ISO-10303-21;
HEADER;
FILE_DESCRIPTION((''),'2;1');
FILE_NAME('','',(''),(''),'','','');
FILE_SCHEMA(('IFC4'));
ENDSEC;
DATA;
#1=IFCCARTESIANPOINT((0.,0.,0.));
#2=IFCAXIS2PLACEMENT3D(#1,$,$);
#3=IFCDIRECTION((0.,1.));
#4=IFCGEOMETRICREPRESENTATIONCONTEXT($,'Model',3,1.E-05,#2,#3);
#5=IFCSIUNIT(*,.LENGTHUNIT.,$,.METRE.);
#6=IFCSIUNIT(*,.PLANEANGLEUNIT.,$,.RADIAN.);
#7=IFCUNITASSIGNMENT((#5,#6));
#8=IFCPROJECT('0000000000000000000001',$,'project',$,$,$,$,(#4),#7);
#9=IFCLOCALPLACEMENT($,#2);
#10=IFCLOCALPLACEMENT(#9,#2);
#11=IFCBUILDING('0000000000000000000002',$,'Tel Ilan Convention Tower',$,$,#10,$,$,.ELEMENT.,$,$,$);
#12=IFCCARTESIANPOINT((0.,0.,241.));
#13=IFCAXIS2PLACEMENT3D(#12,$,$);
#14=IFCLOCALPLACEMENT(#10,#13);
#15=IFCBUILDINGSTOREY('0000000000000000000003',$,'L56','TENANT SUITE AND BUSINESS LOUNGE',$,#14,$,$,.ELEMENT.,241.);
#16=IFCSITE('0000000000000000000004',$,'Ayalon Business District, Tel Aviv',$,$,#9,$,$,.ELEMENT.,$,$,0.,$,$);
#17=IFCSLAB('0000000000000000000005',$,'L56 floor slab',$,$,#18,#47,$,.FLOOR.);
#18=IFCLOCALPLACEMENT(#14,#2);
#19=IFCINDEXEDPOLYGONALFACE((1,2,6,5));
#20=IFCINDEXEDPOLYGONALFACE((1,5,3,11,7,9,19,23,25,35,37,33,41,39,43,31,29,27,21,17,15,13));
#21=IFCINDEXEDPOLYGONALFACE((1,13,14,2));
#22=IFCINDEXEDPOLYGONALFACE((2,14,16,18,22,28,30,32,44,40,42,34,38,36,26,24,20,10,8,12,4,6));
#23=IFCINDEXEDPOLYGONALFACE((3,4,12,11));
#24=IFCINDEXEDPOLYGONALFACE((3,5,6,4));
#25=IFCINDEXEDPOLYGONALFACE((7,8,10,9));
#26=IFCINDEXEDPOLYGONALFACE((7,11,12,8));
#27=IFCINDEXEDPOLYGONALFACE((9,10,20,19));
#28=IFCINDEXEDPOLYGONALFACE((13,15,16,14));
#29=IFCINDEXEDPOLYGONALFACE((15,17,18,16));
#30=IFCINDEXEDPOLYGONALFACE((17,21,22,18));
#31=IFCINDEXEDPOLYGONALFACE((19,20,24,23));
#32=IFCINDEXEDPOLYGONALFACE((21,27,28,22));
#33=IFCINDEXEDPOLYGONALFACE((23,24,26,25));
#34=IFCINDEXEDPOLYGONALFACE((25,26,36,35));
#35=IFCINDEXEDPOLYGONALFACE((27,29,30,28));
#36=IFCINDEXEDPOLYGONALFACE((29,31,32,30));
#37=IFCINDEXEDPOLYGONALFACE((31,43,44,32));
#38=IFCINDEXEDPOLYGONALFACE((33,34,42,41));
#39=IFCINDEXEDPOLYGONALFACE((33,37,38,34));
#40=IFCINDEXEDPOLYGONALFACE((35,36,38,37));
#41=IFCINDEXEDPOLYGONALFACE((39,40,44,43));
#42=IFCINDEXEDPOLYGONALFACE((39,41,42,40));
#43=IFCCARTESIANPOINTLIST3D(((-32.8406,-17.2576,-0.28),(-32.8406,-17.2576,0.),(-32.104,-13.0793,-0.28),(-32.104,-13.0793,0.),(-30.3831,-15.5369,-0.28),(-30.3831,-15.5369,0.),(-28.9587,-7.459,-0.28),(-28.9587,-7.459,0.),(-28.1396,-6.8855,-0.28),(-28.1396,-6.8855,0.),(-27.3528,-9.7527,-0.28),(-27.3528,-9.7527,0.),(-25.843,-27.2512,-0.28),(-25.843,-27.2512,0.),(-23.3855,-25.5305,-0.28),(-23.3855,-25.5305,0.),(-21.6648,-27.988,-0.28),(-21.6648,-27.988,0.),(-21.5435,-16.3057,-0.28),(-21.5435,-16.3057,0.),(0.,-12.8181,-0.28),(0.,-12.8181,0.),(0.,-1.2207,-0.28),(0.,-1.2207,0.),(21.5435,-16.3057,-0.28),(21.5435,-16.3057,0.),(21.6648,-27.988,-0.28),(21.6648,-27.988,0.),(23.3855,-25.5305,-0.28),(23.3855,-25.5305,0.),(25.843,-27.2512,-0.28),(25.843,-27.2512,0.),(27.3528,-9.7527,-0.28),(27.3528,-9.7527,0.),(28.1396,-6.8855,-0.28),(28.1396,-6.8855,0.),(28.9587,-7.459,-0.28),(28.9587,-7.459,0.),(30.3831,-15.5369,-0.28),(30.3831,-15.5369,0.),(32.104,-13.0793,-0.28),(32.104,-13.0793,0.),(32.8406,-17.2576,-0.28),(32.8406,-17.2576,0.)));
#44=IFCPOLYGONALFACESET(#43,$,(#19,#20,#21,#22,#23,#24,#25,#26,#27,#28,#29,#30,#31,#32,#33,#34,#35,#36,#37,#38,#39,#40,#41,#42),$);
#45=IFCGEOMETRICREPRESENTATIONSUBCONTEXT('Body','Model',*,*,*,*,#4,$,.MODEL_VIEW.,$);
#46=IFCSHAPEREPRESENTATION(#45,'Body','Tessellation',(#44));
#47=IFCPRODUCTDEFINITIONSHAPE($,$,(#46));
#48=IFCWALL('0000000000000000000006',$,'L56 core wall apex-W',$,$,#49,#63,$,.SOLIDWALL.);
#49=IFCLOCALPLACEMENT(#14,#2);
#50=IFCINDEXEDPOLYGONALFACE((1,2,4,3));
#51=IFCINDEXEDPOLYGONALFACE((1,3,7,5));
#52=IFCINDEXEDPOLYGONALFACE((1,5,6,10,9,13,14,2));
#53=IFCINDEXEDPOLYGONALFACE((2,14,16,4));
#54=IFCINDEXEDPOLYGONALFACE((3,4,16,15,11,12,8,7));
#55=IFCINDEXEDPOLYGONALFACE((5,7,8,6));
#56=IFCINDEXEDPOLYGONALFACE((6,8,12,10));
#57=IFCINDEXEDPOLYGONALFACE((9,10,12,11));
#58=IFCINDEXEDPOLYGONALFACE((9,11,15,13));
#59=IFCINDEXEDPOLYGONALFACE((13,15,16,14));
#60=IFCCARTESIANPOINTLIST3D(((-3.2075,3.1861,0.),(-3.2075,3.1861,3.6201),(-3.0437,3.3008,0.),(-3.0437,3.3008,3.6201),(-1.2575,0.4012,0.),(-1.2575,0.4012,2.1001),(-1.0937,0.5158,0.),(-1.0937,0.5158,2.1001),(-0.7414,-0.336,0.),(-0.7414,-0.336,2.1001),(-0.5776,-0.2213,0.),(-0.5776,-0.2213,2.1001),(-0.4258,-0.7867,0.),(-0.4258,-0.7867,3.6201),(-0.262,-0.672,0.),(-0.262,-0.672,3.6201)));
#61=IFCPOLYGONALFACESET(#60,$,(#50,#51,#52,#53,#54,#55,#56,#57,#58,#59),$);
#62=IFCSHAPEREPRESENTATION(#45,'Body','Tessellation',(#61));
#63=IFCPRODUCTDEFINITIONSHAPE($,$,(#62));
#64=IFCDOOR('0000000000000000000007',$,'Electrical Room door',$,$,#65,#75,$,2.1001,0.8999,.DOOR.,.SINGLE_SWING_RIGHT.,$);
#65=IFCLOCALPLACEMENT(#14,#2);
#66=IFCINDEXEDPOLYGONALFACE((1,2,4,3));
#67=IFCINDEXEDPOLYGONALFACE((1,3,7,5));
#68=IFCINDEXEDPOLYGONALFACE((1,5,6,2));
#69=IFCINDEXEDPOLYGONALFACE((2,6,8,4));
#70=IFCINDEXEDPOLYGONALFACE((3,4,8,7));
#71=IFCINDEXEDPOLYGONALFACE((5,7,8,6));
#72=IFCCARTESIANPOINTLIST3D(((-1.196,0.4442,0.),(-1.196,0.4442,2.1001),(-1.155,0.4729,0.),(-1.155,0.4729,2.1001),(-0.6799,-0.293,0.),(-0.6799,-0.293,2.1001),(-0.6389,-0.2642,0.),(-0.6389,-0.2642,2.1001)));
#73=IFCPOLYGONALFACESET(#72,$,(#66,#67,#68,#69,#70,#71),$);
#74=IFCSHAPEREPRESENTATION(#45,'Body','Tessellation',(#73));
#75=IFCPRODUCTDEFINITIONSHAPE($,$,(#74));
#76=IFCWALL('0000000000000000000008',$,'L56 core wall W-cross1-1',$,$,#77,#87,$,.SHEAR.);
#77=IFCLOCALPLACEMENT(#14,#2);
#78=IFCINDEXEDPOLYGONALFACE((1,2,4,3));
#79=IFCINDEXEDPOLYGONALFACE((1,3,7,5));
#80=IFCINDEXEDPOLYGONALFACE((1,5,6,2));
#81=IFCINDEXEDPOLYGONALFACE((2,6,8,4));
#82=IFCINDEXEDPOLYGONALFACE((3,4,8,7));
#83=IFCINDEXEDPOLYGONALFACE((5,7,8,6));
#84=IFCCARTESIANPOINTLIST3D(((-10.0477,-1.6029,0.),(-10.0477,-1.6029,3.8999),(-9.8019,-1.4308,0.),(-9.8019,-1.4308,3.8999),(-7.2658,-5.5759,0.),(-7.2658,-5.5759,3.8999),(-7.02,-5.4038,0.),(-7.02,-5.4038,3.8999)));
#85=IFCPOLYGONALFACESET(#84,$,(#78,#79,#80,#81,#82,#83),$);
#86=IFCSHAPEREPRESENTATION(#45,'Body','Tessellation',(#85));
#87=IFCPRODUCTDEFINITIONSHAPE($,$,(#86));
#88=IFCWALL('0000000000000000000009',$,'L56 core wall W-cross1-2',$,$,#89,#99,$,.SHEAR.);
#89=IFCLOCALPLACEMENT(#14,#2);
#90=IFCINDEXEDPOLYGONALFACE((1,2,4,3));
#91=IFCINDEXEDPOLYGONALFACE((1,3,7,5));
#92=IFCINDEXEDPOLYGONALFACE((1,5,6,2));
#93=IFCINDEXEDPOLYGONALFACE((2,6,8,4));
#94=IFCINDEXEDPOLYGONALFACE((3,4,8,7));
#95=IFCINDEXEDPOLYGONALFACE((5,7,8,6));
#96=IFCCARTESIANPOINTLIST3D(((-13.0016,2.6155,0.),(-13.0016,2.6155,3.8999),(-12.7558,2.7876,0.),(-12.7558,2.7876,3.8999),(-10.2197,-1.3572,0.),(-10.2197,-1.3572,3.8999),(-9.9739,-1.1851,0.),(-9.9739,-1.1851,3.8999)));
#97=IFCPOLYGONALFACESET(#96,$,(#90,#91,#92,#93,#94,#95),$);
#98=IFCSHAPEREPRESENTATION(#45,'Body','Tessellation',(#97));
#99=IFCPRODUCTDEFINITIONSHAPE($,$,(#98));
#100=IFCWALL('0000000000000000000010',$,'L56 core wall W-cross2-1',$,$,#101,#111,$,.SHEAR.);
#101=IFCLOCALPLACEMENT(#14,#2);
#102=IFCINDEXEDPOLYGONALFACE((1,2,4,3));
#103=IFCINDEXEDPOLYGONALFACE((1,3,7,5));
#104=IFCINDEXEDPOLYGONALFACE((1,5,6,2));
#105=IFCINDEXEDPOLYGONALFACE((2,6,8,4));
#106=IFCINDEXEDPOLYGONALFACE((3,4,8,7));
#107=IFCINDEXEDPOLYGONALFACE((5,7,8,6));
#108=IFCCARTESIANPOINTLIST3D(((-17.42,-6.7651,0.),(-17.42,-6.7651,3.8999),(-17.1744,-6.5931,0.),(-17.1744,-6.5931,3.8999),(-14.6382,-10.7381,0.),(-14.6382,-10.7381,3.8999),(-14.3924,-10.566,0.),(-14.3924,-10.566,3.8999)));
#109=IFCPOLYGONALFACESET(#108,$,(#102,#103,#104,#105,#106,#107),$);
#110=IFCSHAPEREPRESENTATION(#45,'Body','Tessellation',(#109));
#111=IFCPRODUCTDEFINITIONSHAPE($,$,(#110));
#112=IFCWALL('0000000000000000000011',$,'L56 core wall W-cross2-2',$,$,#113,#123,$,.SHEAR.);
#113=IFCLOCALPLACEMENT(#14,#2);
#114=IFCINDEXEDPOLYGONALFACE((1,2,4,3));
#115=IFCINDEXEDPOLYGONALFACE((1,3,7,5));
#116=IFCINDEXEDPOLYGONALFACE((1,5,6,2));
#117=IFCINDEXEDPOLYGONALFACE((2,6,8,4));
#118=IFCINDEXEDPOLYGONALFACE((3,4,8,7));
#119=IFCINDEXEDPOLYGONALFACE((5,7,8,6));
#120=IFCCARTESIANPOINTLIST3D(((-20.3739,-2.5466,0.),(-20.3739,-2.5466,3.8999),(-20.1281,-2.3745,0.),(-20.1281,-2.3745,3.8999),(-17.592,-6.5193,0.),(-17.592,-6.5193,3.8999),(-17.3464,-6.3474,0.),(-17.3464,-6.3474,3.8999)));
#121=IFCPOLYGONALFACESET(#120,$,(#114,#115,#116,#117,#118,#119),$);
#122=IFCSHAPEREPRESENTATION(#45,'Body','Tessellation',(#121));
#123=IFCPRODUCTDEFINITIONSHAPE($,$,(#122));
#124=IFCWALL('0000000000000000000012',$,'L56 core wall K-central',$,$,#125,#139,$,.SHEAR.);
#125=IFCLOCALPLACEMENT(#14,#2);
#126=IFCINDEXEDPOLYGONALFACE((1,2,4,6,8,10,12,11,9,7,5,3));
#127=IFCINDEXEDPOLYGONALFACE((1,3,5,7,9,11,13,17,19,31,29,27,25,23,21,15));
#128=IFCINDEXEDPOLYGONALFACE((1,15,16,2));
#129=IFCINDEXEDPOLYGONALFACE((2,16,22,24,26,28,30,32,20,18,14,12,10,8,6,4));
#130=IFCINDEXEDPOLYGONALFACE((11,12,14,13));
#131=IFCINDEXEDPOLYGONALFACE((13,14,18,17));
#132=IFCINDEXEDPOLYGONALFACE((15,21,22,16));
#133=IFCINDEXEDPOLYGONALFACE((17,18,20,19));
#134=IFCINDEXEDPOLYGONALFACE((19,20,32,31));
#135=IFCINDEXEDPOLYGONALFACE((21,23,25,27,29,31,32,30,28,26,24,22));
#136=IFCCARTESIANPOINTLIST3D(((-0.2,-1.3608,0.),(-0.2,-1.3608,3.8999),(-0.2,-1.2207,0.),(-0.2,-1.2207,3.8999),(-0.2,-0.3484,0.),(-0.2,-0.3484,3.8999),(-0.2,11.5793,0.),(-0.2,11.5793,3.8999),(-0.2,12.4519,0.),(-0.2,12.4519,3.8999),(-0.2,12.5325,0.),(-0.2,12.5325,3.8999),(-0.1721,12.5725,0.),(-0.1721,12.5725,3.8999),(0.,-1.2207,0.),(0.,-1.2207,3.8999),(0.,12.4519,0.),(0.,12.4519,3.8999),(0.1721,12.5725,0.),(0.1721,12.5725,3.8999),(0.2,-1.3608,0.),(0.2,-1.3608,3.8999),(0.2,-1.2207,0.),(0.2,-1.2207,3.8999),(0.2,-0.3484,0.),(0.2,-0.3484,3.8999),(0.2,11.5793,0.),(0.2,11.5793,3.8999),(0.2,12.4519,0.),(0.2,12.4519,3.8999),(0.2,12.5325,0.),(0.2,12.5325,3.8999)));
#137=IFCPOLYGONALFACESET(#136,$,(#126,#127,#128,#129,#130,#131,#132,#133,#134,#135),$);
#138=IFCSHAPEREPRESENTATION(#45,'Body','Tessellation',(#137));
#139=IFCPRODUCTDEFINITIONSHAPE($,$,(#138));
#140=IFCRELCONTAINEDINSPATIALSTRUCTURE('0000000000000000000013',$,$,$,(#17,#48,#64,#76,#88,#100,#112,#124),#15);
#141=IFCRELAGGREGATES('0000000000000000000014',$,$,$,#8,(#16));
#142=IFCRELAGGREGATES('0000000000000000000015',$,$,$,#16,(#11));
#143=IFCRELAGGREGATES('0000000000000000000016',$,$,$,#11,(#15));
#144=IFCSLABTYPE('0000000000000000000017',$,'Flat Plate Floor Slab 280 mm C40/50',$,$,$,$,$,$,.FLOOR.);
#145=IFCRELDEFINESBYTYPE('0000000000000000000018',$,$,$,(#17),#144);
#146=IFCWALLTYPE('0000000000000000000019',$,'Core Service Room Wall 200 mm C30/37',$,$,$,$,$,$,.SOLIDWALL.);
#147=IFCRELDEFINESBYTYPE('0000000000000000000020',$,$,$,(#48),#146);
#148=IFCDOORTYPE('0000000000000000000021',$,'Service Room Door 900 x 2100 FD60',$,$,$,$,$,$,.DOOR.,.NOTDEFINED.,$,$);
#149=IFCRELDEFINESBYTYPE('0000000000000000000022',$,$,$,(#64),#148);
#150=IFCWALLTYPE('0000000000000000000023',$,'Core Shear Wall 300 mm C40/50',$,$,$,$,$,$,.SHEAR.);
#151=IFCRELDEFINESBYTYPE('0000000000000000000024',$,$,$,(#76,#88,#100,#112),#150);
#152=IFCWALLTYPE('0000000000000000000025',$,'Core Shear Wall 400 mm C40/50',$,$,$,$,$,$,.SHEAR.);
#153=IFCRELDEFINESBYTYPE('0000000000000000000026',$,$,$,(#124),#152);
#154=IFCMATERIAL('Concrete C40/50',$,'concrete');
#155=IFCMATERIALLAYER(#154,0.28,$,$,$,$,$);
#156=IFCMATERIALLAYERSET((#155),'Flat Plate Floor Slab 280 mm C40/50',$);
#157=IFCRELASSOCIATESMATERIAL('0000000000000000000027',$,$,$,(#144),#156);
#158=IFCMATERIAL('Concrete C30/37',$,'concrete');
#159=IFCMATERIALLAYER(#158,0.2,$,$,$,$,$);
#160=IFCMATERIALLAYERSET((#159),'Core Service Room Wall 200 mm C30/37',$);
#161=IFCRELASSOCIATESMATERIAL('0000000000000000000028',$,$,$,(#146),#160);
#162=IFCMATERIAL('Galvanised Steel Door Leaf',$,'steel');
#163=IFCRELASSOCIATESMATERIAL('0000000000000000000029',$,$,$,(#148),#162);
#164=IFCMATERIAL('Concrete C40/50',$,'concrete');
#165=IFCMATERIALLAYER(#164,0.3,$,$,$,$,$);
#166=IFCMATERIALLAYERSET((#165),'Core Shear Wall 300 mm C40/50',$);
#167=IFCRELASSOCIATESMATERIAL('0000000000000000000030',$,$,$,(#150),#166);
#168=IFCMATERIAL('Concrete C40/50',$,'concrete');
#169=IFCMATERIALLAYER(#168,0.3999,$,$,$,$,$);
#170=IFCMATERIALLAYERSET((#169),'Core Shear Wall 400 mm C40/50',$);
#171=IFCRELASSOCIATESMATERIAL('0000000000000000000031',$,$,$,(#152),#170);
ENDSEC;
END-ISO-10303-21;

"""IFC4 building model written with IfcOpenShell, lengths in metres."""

from ifc_helpers import new_model, si_unit, direction, frame, frame_2d, origin, place, context, subcontext, project, spatial, polyline, rectangle, outline, extrude, material, layer, layer_set, type_object, element, fill, save


model = new_model("IFC4")

# Units and contexts
model_context = context("Model", 3, precision=1e-05, world=origin(), true_north=direction((0.0, 1.0)))
body_context = subcontext(model_context, "Body", "Model", "MODEL_VIEW")
ifc_project = project(units=[si_unit("LENGTHUNIT", "METRE"), si_unit("PLANEANGLEUNIT", "RADIAN")], contexts=[model_context])

# Site, building, storey
site_placement = place(None, origin())
site = spatial("IfcSite", under=ifc_project, at=site_placement, Name="Ayalon Business District, Tel Aviv", CompositionType="ELEMENT", RefElevation=0.0)
building_placement = place(site_placement, origin())
building = spatial("IfcBuilding", under=site, at=building_placement, Name="Tel Ilan Convention Tower", CompositionType="ELEMENT")
storey_placement = place(building_placement, frame((0.0, 0.0, 241.0)))
storey = spatial("IfcBuildingStorey", under=building, at=storey_placement, Name="L56", Description="TENANT SUITE AND BUSINESS LOUNGE", CompositionType="ELEMENT", Elevation=241.0)

# Slab
ifc_material_1 = material(Name="Concrete C40/50", Category="concrete")
ifc_layer_1 = layer(ifc_material_1, 0.28)
ifc_layer_set_1 = layer_set([ifc_layer_1], Name="Flat Plate Floor Slab 280 mm C40/50")
slab_type_1 = type_object("IfcSlabType", Name="Flat Plate Floor Slab 280 mm C40/50", PredefinedType="FLOOR", material=ifc_layer_set_1)
slab_1_placement = place(storey_placement, frame((0.0, 0.0, -0.28)))
element("IfcSlab", 1, at=slab_1_placement, inside=storey, type_object=slab_type_1, Name="L56 floor slab", PredefinedType="FLOOR", context=body_context, shape_type="SweptSolid", body=[
    extrude(outline(polyline([(21.5435, -16.3057), (28.1396, -6.8855), (28.9587, -7.459), (27.3528, -9.7527), (32.104, -13.0793), (30.3831, -15.5369), (32.8406, -17.2576), (25.843, -27.2512), (23.3855, -25.5305), (21.6648, -27.988), (0.0, -12.8181), (-21.6648, -27.988), (-23.3855, -25.5305), (-25.843, -27.2512), (-32.8406, -17.2576), (-30.3831, -15.5369), (-32.104, -13.0793), (-27.3528, -9.7527), (-28.9587, -7.459), (-28.1396, -6.8855), (-21.5435, -16.3057), (0.0, -1.2207), (21.5435, -16.3057)])), origin(), (0.0, 0.0, 1.0), 0.28),
])

# Wall, opening, door
ifc_material_2 = material(Name="Concrete C30/37", Category="concrete")
ifc_layer_2 = layer(ifc_material_2, 0.2)
ifc_layer_set_2 = layer_set([ifc_layer_2], Name="Core Service Room Wall 200 mm C30/37")
wall_type_1 = type_object("IfcWallType", Name="Core Service Room Wall 200 mm C30/37", PredefinedType="SOLIDWALL", material=ifc_layer_set_2)
wall_1_placement = place(storey_placement, frame((-0.344, -0.7292, 0.0), z_axis=(0.0, 0.0, 1.0), x_axis=(-0.57356, 0.819163, 0.0)))
wall_1 = element("IfcWall", 2, at=wall_1_placement, inside=storey, type_object=wall_type_1, Name="L56 core wall apex-W", PredefinedType="SOLIDWALL", context=body_context, shape_type="SweptSolid", body=[
    extrude(rectangle(XDim=4.8499, YDim=0.2, at=frame_2d((2.4248, 0.0))), origin(), (0.0, 0.0, 1.0), 3.6201),
])
opening_1_placement = place(wall_1_placement, frame((0.55, 0.0, 0.0)))
opening_1 = element("IfcOpeningElement", 3, at=opening_1_placement, cuts=wall_1, PredefinedType="OPENING", context=body_context, shape_type="SweptSolid", body=[
    extrude(rectangle(XDim=0.8999, YDim=2.1001, at=frame_2d((0.45, 1.05))), frame((0.0, 0.1099, 0.0), z_axis=(0.0, -1.0, 0.0), x_axis=(1.0, 0.0, 0.0)), (0.0, 0.0, 1.0), 0.22),
])
ifc_material_3 = material(Name="Galvanised Steel Door Leaf", Category="steel")
door_type_1 = type_object("IfcDoorType", Name="Service Room Door 900 x 2100 FD60", OperationType="NOTDEFINED", PredefinedType="DOOR", material=ifc_material_3)
door_1_placement = place(opening_1_placement, origin())
door_1 = element("IfcDoor", 4, at=door_1_placement, inside=storey, type_object=door_type_1, Name="Electrical Room door", OperationType="SINGLE_SWING_RIGHT", OverallHeight=2.1001, OverallWidth=0.8999, PredefinedType="DOOR", context=body_context, shape_type="SweptSolid", body=[
    extrude(rectangle(XDim=0.8999, YDim=2.1001, at=frame_2d((0.45, 1.05))), frame((0.0, 0.0249, 0.0), z_axis=(0.0, -1.0, 0.0), x_axis=(1.0, 0.0, 0.0)), (0.0, 0.0, 1.0), 0.05),
])
fill(opening_1, door_1)

# Walls
ifc_material_4 = material(Name="Concrete C40/50", Category="concrete")
ifc_layer_3 = layer(ifc_material_4, 0.3)
ifc_layer_set_3 = layer_set([ifc_layer_3], Name="Core Shear Wall 300 mm C40/50")
wall_type_2 = type_object("IfcWallType", Name="Core Shear Wall 300 mm C40/50", PredefinedType="SHEAR", material=ifc_layer_set_3)
wall_2_placement = place(storey_placement, frame((-7.1428, -5.4897, 0.0), z_axis=(0.0, 0.0, 1.0), x_axis=(-0.573618, 0.819123, 0.0)))
element("IfcWall", 5, at=wall_2_placement, inside=storey, type_object=wall_type_2, Name="L56 core wall W-cross1-1", PredefinedType="SHEAR", context=body_context, shape_type="SweptSolid", body=[
    extrude(outline(polyline([(4.8501, 0.1499), (0.0, 0.1501), (0.0, -0.1499), (4.8501, -0.1501), (4.8501, 0.1499)])), origin(), (0.0, 0.0, 1.0), 3.8999),
])
wall_3_placement = place(storey_placement, frame((-10.0969, -1.2712, 0.0), z_axis=(0.0, 0.0, 1.0), x_axis=(-0.57356, 0.819163, 0.0)))
element("IfcWall", 6, at=wall_3_placement, inside=storey, type_object=wall_type_2, Name="L56 core wall W-cross1-2", PredefinedType="SHEAR", context=body_context, shape_type="SweptSolid", body=[
    extrude(outline(polyline([(4.8499, -0.1499), (4.8499, 0.1501), (0.0, 0.1499), (0.0, -0.1501), (4.8499, -0.1499)])), origin(), (0.0, 0.0, 1.0), 3.8999),
])
wall_4_placement = place(storey_placement, frame((-14.5154, -10.6521, 0.0), z_axis=(0.0, 0.0, 1.0), x_axis=(-0.57356, 0.819163, 0.0)))
element("IfcWall", 7, at=wall_4_placement, inside=storey, type_object=wall_type_2, Name="L56 core wall W-cross2-1", PredefinedType="SHEAR", context=body_context, shape_type="SweptSolid", body=[
    extrude(outline(polyline([(4.8501, 0.1499), (0.0, 0.1499), (0.0, -0.1501), (4.8501, -0.1499), (4.8501, 0.1499)])), origin(), (0.0, 0.0, 1.0), 3.8999),
])
wall_5_placement = place(storey_placement, frame((-17.4692, -6.4333, 0.0), z_axis=(0.0, 0.0, 1.0), x_axis=(-0.573594, 0.81914, 0.0)))
element("IfcWall", 8, at=wall_5_placement, inside=storey, type_object=wall_type_2, Name="L56 core wall W-cross2-2", PredefinedType="SHEAR", context=body_context, shape_type="SweptSolid", body=[
    extrude(outline(polyline([(4.8499, -0.1501), (4.8499, 0.1499), (0.0, 0.1499), (0.0, -0.1499), (4.8499, -0.1501)])), origin(), (0.0, 0.0, 1.0), 3.8999),
])
ifc_material_5 = material(Name="Concrete C40/50", Category="concrete")
ifc_layer_4 = layer(ifc_material_5, 0.3999)
ifc_layer_set_4 = layer_set([ifc_layer_4], Name="Core Shear Wall 400 mm C40/50")
wall_type_3 = type_object("IfcWallType", Name="Core Shear Wall 400 mm C40/50", PredefinedType="SHEAR", material=ifc_layer_set_4)
wall_6_placement = place(storey_placement, frame((0.0, -1.3608, 0.0), z_axis=(0.0, 0.0, 1.0), x_axis=(0.0, 1.0, 0.0)))
element("IfcWall", 9, at=wall_6_placement, inside=storey, type_object=wall_type_3, Name="L56 core wall K-central", PredefinedType="SHEAR", context=body_context, shape_type="SweptSolid", body=[
    extrude(outline(polyline([(0.1401, 0.2), (0.0, 0.2), (0.1401, 0.0), (0.0, -0.2), (0.1401, -0.2), (1.0125, -0.2), (12.9402, -0.2), (13.8127, -0.2), (13.8933, -0.2), (13.9333, -0.1721), (13.8127, 0.0), (13.9333, 0.1721), (13.8933, 0.2), (13.8127, 0.2), (12.9402, 0.2), (1.0125, 0.2), (0.1401, 0.2)])), origin(), (0.0, 0.0, 1.0), 3.8999),
])

save(model, "model.ifc")
